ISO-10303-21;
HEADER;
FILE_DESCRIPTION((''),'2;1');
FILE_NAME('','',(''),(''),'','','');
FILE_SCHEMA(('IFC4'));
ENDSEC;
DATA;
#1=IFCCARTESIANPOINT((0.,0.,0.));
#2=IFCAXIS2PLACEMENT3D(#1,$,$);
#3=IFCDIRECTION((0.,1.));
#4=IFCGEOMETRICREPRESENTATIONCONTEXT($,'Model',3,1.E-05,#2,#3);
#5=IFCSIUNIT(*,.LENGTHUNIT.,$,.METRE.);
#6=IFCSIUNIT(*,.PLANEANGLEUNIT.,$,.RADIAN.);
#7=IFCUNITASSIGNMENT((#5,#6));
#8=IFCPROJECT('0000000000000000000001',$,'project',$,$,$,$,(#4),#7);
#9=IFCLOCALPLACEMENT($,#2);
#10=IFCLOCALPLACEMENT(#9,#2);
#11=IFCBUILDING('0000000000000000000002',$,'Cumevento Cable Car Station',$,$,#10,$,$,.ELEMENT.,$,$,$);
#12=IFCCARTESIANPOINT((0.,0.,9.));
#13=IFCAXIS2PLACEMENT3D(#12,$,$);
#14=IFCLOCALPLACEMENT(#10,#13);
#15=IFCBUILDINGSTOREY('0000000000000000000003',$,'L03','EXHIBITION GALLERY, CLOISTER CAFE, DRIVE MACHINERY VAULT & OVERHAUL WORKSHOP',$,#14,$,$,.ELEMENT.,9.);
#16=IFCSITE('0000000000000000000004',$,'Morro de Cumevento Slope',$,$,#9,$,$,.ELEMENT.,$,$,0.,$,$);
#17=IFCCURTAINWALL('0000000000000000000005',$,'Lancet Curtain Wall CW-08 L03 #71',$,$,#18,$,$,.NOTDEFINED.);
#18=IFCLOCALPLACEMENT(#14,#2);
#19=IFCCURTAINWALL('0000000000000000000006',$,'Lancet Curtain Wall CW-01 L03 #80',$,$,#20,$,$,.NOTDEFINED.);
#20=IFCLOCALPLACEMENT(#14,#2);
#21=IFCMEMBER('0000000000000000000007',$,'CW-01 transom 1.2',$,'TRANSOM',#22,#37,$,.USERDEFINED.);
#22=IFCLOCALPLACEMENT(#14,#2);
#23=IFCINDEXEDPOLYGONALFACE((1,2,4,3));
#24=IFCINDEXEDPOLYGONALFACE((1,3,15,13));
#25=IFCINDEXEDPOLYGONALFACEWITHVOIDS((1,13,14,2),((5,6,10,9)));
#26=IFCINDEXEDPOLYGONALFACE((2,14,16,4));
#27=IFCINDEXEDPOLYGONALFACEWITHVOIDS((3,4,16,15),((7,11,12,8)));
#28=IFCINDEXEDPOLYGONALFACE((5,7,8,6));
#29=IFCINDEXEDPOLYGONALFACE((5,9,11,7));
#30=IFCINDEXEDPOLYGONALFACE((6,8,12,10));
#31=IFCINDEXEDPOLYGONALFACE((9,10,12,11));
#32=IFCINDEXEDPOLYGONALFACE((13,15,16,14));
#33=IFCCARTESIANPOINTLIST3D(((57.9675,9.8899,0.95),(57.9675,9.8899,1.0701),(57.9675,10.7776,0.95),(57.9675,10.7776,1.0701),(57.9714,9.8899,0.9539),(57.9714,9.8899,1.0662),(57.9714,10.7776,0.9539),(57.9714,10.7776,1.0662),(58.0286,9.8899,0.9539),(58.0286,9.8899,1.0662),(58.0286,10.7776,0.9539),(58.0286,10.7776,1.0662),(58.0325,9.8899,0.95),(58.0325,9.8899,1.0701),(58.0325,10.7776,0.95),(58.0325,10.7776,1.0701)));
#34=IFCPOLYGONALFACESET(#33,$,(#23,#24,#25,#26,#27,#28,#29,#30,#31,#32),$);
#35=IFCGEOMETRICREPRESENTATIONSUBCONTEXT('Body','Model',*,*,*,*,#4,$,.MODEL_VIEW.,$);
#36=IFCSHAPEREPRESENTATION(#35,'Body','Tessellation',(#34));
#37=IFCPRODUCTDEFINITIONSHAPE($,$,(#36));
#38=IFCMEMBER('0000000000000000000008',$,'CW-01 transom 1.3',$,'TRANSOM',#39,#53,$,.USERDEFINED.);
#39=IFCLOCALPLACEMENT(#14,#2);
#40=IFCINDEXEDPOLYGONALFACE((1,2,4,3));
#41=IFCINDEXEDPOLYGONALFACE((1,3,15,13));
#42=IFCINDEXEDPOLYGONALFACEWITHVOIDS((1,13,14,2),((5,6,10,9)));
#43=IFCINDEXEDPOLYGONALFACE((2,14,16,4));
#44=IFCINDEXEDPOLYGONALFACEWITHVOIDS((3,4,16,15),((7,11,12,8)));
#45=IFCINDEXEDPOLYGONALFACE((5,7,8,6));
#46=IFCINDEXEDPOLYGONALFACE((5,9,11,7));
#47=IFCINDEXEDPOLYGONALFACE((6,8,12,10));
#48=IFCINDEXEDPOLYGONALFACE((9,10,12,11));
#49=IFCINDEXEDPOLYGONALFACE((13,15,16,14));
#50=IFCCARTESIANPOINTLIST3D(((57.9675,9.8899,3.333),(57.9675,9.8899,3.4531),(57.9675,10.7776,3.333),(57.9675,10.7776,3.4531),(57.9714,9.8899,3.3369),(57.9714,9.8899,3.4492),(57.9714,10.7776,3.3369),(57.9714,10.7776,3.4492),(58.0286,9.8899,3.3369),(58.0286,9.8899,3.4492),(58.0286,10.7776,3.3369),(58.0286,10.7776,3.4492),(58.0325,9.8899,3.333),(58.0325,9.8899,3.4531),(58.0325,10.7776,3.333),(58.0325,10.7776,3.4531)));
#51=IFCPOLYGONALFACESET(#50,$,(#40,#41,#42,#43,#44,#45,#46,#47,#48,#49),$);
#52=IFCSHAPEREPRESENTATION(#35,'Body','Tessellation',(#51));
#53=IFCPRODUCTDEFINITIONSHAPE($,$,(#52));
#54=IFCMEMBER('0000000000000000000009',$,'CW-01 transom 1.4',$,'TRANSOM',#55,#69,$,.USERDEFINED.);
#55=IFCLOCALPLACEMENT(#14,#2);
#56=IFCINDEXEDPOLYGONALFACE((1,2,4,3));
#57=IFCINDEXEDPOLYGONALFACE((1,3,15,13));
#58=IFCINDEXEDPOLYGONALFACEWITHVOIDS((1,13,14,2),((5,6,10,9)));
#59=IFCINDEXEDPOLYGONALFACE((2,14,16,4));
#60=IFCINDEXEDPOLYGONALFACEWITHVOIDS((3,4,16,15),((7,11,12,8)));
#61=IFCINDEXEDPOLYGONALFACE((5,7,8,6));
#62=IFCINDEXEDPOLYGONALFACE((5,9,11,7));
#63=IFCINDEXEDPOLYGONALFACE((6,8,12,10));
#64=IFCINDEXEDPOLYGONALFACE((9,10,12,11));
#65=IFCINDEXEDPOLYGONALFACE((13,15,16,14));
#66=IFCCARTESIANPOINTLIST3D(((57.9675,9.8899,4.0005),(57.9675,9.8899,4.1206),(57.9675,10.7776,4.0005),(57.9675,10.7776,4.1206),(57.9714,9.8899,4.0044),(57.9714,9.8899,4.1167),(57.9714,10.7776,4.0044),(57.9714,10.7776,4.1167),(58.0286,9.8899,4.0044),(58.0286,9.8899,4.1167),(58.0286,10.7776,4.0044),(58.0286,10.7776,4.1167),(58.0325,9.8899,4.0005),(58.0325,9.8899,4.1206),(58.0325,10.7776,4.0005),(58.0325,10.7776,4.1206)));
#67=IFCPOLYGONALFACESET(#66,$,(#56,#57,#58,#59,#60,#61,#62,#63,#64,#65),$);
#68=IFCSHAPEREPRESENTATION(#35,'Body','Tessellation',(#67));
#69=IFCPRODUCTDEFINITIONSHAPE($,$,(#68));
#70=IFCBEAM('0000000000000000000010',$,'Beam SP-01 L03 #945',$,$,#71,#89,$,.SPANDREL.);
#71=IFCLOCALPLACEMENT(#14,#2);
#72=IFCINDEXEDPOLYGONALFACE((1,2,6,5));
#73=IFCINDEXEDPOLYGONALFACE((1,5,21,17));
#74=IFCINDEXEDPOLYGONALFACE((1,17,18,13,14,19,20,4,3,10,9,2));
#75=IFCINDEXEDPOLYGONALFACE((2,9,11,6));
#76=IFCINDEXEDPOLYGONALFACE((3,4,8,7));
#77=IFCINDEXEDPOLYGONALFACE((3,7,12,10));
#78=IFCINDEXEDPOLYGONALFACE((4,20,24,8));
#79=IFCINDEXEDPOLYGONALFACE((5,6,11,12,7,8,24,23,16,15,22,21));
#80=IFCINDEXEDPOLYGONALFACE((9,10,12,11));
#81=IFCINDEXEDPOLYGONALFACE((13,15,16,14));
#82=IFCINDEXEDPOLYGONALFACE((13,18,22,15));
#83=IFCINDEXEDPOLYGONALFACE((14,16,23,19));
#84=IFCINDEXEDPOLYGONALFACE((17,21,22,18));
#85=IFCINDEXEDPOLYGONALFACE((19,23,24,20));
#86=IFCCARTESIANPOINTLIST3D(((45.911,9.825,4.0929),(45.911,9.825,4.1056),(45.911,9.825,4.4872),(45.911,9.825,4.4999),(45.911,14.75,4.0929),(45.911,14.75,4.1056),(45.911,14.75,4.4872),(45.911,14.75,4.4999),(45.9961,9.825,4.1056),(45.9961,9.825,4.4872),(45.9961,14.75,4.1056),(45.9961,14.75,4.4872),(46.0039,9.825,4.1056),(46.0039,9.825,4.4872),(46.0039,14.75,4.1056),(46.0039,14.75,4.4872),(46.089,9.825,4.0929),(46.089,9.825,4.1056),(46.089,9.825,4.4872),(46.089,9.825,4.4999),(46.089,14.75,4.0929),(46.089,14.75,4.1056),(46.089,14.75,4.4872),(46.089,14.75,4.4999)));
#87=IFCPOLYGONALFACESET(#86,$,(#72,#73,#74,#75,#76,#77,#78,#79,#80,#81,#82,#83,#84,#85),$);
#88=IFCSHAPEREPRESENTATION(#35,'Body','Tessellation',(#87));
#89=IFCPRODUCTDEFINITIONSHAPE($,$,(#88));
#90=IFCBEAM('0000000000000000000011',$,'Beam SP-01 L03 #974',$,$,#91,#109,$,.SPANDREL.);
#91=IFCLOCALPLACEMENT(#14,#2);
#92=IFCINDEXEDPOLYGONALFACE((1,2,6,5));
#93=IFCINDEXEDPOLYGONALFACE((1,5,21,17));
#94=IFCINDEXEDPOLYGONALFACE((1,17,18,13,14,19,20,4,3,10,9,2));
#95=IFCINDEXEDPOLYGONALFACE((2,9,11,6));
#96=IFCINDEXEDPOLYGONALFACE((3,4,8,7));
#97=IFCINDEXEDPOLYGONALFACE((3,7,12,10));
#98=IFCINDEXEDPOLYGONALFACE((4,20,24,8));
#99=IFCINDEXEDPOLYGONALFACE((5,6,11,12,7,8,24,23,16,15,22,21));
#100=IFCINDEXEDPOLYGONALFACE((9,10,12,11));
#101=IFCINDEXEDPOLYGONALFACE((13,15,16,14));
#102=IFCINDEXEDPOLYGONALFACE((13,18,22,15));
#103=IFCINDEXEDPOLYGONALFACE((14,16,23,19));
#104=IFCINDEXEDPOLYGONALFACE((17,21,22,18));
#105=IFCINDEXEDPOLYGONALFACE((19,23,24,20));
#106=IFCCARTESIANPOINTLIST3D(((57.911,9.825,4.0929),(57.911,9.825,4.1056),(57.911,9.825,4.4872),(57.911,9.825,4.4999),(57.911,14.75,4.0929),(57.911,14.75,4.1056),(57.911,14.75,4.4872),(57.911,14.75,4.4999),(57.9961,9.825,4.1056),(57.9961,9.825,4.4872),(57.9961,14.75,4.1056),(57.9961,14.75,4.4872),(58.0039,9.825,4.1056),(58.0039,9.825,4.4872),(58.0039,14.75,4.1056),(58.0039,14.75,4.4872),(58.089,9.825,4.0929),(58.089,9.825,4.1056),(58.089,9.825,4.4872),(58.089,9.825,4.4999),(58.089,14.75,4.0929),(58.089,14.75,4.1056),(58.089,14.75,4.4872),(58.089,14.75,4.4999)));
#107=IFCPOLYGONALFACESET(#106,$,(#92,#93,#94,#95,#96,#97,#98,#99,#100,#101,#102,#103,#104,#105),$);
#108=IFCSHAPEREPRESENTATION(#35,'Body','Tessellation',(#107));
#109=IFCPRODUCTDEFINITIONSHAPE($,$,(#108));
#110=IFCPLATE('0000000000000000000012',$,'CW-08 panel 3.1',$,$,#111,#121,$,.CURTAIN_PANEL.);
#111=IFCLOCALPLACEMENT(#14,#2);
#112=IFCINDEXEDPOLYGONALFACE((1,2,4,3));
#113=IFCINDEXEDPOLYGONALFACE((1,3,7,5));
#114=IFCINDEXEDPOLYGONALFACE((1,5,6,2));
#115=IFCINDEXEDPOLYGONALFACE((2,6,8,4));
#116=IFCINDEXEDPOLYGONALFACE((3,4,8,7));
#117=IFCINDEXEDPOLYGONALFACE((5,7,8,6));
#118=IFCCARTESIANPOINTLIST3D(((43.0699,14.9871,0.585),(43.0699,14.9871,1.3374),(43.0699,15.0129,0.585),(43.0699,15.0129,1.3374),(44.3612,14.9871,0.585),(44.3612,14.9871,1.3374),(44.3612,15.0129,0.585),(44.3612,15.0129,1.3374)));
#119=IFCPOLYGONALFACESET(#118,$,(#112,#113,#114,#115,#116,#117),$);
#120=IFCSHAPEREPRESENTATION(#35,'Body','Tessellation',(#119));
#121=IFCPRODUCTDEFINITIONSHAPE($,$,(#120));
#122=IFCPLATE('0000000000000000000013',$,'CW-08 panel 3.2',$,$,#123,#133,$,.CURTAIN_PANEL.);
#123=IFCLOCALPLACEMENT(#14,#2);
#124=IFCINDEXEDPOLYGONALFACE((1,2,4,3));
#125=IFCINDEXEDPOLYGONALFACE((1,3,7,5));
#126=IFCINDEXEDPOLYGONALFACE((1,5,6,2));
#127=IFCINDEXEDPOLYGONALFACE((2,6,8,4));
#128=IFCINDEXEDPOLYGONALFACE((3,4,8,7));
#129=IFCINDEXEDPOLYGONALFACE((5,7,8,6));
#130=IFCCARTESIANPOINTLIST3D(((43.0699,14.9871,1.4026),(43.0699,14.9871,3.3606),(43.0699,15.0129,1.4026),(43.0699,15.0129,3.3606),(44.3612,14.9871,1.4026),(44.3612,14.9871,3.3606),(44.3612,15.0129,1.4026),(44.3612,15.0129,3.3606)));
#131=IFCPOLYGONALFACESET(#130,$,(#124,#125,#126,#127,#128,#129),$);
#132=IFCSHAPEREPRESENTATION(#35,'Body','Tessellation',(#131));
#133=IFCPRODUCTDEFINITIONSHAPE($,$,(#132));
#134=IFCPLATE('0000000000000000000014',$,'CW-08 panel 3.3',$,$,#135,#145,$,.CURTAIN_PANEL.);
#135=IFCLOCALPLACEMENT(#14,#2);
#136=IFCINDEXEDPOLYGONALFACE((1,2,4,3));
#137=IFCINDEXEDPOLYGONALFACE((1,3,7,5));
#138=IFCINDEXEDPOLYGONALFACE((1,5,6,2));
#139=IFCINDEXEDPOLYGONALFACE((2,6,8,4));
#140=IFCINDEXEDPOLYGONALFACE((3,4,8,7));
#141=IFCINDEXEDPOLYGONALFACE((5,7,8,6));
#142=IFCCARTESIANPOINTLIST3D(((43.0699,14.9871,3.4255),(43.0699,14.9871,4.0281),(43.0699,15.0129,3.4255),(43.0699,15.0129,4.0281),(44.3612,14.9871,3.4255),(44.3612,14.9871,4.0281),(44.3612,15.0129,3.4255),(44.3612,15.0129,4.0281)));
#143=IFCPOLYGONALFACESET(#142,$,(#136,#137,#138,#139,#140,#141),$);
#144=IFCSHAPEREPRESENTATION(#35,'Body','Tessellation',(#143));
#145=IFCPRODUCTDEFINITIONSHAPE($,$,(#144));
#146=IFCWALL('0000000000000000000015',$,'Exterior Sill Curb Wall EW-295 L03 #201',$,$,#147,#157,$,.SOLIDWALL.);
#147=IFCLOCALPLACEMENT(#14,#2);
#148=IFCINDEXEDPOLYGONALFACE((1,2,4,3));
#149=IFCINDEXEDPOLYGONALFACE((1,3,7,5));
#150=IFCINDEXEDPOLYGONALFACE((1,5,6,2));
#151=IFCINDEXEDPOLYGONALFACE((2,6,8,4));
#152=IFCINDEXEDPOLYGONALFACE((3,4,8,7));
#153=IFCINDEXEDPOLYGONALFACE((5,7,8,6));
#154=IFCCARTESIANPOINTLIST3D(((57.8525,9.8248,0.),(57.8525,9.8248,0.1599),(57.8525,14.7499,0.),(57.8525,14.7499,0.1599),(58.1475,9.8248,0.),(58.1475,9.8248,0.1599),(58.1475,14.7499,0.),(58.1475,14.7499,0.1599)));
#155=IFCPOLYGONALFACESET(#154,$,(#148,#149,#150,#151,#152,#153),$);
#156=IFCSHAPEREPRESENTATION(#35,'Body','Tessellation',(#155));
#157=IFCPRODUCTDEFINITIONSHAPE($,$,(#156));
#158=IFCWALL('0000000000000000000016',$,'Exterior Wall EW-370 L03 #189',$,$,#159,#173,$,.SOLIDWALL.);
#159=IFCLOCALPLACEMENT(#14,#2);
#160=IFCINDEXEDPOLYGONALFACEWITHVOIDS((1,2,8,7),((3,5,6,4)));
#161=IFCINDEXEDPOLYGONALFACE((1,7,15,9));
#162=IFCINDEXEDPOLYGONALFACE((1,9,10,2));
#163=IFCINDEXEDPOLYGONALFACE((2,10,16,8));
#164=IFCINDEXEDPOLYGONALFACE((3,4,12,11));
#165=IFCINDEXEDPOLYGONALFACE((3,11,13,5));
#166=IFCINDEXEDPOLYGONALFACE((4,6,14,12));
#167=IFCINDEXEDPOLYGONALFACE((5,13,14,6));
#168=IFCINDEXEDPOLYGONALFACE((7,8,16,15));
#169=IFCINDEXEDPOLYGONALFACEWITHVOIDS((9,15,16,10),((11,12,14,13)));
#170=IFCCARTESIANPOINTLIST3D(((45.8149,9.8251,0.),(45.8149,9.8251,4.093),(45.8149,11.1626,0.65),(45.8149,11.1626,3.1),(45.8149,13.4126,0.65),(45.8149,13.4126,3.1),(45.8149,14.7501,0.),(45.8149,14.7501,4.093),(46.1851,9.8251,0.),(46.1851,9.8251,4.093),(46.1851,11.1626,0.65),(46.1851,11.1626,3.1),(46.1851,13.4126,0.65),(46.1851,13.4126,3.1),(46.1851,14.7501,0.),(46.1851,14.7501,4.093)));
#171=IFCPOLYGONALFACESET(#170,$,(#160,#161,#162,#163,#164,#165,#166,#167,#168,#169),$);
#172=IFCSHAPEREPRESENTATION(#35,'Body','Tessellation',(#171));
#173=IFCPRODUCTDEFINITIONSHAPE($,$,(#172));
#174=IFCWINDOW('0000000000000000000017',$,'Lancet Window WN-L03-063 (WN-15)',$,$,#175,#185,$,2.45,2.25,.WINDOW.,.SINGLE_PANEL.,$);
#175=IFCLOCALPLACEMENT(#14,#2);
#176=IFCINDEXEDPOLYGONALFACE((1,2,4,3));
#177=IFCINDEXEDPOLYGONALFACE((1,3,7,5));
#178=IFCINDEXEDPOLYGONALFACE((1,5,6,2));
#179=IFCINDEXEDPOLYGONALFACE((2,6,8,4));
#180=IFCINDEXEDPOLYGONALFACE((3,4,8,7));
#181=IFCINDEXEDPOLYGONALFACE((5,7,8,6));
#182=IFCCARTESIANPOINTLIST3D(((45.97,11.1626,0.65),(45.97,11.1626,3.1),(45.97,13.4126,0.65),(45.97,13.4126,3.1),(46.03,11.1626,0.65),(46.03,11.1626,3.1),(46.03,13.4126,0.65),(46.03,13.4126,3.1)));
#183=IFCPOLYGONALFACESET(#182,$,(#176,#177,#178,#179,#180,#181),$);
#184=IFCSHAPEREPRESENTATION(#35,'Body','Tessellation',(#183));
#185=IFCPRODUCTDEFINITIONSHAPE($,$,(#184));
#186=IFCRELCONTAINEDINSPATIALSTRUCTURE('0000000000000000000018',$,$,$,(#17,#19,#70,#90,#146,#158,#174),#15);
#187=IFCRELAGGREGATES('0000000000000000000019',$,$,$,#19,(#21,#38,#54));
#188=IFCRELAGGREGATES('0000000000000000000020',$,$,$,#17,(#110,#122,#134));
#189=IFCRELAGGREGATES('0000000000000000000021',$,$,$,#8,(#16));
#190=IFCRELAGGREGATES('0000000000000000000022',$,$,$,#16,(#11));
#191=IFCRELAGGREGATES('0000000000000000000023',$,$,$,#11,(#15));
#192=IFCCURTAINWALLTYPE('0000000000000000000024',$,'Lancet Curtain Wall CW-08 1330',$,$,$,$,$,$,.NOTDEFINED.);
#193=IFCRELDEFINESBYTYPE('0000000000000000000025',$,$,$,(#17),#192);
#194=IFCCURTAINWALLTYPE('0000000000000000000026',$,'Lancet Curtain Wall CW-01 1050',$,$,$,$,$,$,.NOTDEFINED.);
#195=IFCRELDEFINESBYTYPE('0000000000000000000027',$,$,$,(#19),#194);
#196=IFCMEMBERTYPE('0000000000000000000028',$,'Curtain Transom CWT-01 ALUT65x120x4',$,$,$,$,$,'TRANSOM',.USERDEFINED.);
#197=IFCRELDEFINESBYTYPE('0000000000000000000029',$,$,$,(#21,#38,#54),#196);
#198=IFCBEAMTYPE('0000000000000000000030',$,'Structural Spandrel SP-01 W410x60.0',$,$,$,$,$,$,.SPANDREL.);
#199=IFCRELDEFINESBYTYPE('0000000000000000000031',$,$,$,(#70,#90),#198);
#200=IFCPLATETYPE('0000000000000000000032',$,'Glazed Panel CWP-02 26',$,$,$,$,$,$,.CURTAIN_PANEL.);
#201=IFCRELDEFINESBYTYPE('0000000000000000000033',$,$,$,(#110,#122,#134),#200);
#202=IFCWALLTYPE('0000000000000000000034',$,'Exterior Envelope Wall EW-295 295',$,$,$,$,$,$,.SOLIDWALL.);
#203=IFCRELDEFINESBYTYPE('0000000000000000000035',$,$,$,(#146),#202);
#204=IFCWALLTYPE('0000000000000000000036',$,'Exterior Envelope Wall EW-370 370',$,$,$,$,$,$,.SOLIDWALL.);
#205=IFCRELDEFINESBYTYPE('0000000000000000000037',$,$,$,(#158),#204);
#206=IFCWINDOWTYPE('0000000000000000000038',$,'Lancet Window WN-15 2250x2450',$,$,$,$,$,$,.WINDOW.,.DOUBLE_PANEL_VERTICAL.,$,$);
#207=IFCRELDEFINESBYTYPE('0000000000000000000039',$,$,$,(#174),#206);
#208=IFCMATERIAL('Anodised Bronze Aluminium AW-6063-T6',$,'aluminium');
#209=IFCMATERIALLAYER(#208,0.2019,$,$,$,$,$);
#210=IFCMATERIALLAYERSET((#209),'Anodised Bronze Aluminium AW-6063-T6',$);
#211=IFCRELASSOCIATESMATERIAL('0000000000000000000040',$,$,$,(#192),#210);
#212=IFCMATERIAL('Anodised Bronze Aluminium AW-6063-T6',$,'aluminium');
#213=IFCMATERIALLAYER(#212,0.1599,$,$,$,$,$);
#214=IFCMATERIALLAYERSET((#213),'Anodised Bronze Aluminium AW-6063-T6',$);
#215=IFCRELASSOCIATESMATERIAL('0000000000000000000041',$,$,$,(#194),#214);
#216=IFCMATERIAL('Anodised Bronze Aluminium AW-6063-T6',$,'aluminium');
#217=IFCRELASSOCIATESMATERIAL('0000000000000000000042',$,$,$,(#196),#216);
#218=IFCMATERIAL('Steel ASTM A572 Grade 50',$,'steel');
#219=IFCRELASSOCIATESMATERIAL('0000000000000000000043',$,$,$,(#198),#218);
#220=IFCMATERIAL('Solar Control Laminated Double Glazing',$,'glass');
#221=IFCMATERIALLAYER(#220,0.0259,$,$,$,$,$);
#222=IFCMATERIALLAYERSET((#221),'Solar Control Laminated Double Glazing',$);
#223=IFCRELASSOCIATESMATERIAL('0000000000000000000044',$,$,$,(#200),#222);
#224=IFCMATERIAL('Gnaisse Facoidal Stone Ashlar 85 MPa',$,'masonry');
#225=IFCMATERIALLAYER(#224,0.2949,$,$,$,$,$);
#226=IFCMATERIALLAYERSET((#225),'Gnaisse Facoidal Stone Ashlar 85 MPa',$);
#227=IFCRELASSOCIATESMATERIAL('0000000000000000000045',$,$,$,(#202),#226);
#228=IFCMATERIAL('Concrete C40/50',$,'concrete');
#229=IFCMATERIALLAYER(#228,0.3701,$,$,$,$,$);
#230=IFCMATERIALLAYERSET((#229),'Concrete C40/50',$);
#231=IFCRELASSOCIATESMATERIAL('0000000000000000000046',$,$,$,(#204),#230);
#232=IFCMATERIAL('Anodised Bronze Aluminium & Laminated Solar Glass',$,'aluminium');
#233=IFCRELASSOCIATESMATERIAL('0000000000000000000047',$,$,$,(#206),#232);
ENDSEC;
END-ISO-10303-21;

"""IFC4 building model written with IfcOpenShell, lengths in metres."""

from ifc_helpers import new_model, si_unit, direction, frame, frame_2d, origin, origin_2d, place, context, subcontext, project, spatial, rectangle, hollow_rectangle, i_section, extrude, material, layer, layer_set, material_profile, profile_set, type_object, element, fill, aggregate, save


model = new_model("IFC4")

# Units and contexts
model_context = context("Model", 3, precision=1e-05, world=origin(), true_north=direction((0.0, 1.0)))
body_context = subcontext(model_context, "Body", "Model", "MODEL_VIEW")
ifc_project = project(units=[si_unit("LENGTHUNIT", "METRE"), si_unit("PLANEANGLEUNIT", "RADIAN")], contexts=[model_context])

# Site, building, storey
site_placement = place(None, origin())
site = spatial("IfcSite", under=ifc_project, at=site_placement, Name="Morro de Cumevento Slope", CompositionType="ELEMENT", RefElevation=0.0)
building_placement = place(site_placement, origin())
building = spatial("IfcBuilding", under=site, at=building_placement, Name="Cumevento Cable Car Station", CompositionType="ELEMENT")
storey_placement = place(building_placement, frame((0.0, 0.0, 9.0)))
storey = spatial("IfcBuildingStorey", under=building, at=storey_placement, Name="L03", Description="EXHIBITION GALLERY, CLOISTER CAFE, DRIVE MACHINERY VAULT & OVERHAUL WORKSHOP", CompositionType="ELEMENT", Elevation=9.0)

# Curtain wall
ifc_material_1 = material(Name="Anodised Bronze Aluminium AW-6063-T6", Category="aluminium")
ifc_layer_1 = layer(ifc_material_1, 0.2019)
ifc_layer_set_1 = layer_set([ifc_layer_1], Name="Anodised Bronze Aluminium AW-6063-T6")
curtain_wall_type_1 = type_object("IfcCurtainWallType", Name="Lancet Curtain Wall CW-08 1330", PredefinedType="NOTDEFINED", material=ifc_layer_set_1)
curtain_wall_1_placement = place(storey_placement, origin())
curtain_wall_1 = element("IfcCurtainWall", 1, at=curtain_wall_1_placement, inside=storey, type_object=curtain_wall_type_1, Name="Lancet Curtain Wall CW-08 L03 #71", PredefinedType="NOTDEFINED")

# Curtain wall
ifc_material_2 = material(Name="Anodised Bronze Aluminium AW-6063-T6", Category="aluminium")
ifc_layer_2 = layer(ifc_material_2, 0.1599)
ifc_layer_set_2 = layer_set([ifc_layer_2], Name="Anodised Bronze Aluminium AW-6063-T6")
curtain_wall_type_2 = type_object("IfcCurtainWallType", Name="Lancet Curtain Wall CW-01 1050", PredefinedType="NOTDEFINED", material=ifc_layer_set_2)
curtain_wall_2_placement = place(storey_placement, origin())
curtain_wall_2 = element("IfcCurtainWall", 2, at=curtain_wall_2_placement, inside=storey, type_object=curtain_wall_type_2, Name="Lancet Curtain Wall CW-01 L03 #80", PredefinedType="NOTDEFINED")

# Members
ifc_material_3 = material(Name="Anodised Bronze Aluminium AW-6063-T6", Category="aluminium")
ifc_material_profile_1 = material_profile(ifc_material_3, hollow_rectangle(XDim=0.0649, YDim=0.1201, WallThickness=0.0039, at=origin_2d()), Name="ALUT65x120x4")
ifc_profile_set_1 = profile_set([ifc_material_profile_1], Name="Anodised Bronze Aluminium AW-6063-T6")
member_type_1 = type_object("IfcMemberType", Name="Curtain Transom CWT-01 ALUT65x120x4", ElementType="TRANSOM", PredefinedType="USERDEFINED", material=ifc_profile_set_1)
member_1_placement = place(storey_placement, frame((58.0, 9.8899, 1.01), z_axis=(0.0, 1.0, 0.0), x_axis=(-1.0, 0.0, 0.0)))
member_1 = element("IfcMember", 3, at=member_1_placement, type_object=member_type_1, Name="CW-01 transom 1.2", ObjectType="TRANSOM", PredefinedType="USERDEFINED", context=body_context, shape_type="SweptSolid", body=[
    extrude(hollow_rectangle(XDim=0.0649, YDim=0.1201, WallThickness=0.0039, at=origin_2d()), origin(), (0.0, 0.0, 1.0), 0.8877),
])
member_2_placement = place(storey_placement, frame((58.0, 9.8899, 3.3931), z_axis=(0.0, 1.0, 0.0), x_axis=(-1.0, 0.0, 0.0)))
member_2 = element("IfcMember", 4, at=member_2_placement, type_object=member_type_1, Name="CW-01 transom 1.3", ObjectType="TRANSOM", PredefinedType="USERDEFINED", context=body_context, shape_type="SweptSolid", body=[
    extrude(hollow_rectangle(XDim=0.0649, YDim=0.1201, WallThickness=0.0039, at=origin_2d()), origin(), (0.0, 0.0, 1.0), 0.8877),
])
member_3_placement = place(storey_placement, frame((58.0, 9.8899, 4.0605), z_axis=(0.0, 1.0, 0.0), x_axis=(-1.0, 0.0, 0.0)))
member_3 = element("IfcMember", 5, at=member_3_placement, type_object=member_type_1, Name="CW-01 transom 1.4", ObjectType="TRANSOM", PredefinedType="USERDEFINED", context=body_context, shape_type="SweptSolid", body=[
    extrude(hollow_rectangle(XDim=0.0649, YDim=0.1201, WallThickness=0.0039, at=origin_2d()), origin(), (0.0, 0.0, 1.0), 0.8877),
])
aggregate(curtain_wall_2, [member_1, member_2, member_3])

# Beams
ifc_material_4 = material(Name="Steel ASTM A572 Grade 50", Category="steel")
ifc_material_profile_2 = material_profile(ifc_material_4, i_section(OverallWidth=0.178, OverallDepth=0.407, WebThickness=0.0078, FlangeThickness=0.0127, at=origin_2d()), Name="W410x60.0")
ifc_profile_set_2 = profile_set([ifc_material_profile_2], Name="Steel ASTM A572 Grade 50")
beam_type = type_object("IfcBeamType", Name="Structural Spandrel SP-01 W410x60.0", PredefinedType="SPANDREL", material=ifc_profile_set_2)
for number, where, z_axis, x_axis, name in (
    (6, (46.0, 9.825, 4.2964), (0.0, 1.0, 0.0), (-1.0, 0.0, 0.0), "Beam SP-01 L03 #945"),
    (7, (58.0, 9.825, 4.2964), (0.0, 1.0, 0.0), (-1.0, 0.0, 0.0), "Beam SP-01 L03 #974"),
):
    element("IfcBeam", number, at=place(storey_placement, frame(where, z_axis=z_axis, x_axis=x_axis)), inside=storey, type_object=beam_type, Name=name, PredefinedType="SPANDREL", context=body_context, shape_type="SweptSolid", body=[
        extrude(i_section(OverallWidth=0.178, OverallDepth=0.407, WebThickness=0.0078, FlangeThickness=0.0127, at=origin_2d()), origin(), (0.0, 0.0, 1.0), 4.925),
    ])

# Plates
ifc_material_5 = material(Name="Solar Control Laminated Double Glazing", Category="glass")
ifc_layer_3 = layer(ifc_material_5, 0.0259)
ifc_layer_set_3 = layer_set([ifc_layer_3], Name="Solar Control Laminated Double Glazing")
plate_type = type_object("IfcPlateType", Name="Glazed Panel CWP-02 26", PredefinedType="CURTAIN_PANEL", material=ifc_layer_set_3)
plate_1_placement = place(storey_placement, frame((43.7156, 15.0, 0.585), z_axis=(0.0, 0.0, 1.0), x_axis=(1.0, 0.0, 0.0)))
plate_1 = element("IfcPlate", 8, at=plate_1_placement, type_object=plate_type, Name="CW-08 panel 3.1", PredefinedType="CURTAIN_PANEL", context=body_context, shape_type="SweptSolid", body=[
    extrude(rectangle(XDim=1.2913, YDim=0.0259, at=origin_2d()), origin(), (0.0, 0.0, 1.0), 0.7524),
])
plate_2_placement = place(storey_placement, frame((43.7156, 15.0, 1.4026), z_axis=(0.0, 0.0, 1.0), x_axis=(1.0, 0.0, 0.0)))
plate_2 = element("IfcPlate", 9, at=plate_2_placement, type_object=plate_type, Name="CW-08 panel 3.2", PredefinedType="CURTAIN_PANEL", context=body_context, shape_type="SweptSolid", body=[
    extrude(rectangle(XDim=1.2913, YDim=0.0259, at=origin_2d()), origin(), (0.0, 0.0, 1.0), 1.958),
])
plate_3_placement = place(storey_placement, frame((43.7156, 15.0, 3.4255), z_axis=(0.0, 0.0, 1.0), x_axis=(1.0, 0.0, 0.0)))
plate_3 = element("IfcPlate", 10, at=plate_3_placement, type_object=plate_type, Name="CW-08 panel 3.3", PredefinedType="CURTAIN_PANEL", context=body_context, shape_type="SweptSolid", body=[
    extrude(rectangle(XDim=1.2913, YDim=0.0259, at=origin_2d()), origin(), (0.0, 0.0, 1.0), 0.6025),
])
aggregate(curtain_wall_1, [plate_1, plate_2, plate_3])

# Wall
ifc_material_6 = material(Name="Gnaisse Facoidal Stone Ashlar 85 MPa", Category="masonry")
ifc_layer_4 = layer(ifc_material_6, 0.2949)
ifc_layer_set_4 = layer_set([ifc_layer_4], Name="Gnaisse Facoidal Stone Ashlar 85 MPa")
wall_type_1 = type_object("IfcWallType", Name="Exterior Envelope Wall EW-295 295", PredefinedType="SOLIDWALL", material=ifc_layer_set_4)
wall_1_placement = place(storey_placement, frame((58.0, 9.825, 0.0), z_axis=(0.0, 0.0, 1.0), x_axis=(0.0, 1.0, 0.0)))
element("IfcWall", 11, at=wall_1_placement, inside=storey, type_object=wall_type_1, Name="Exterior Sill Curb Wall EW-295 L03 #201", PredefinedType="SOLIDWALL", context=body_context, shape_type="SweptSolid", body=[
    extrude(rectangle(XDim=4.925, YDim=0.2949, at=frame_2d((2.4624, 0.0))), origin(), (0.0, 0.0, 1.0), 0.1599),
])

# Wall, opening, window
ifc_material_7 = material(Name="Concrete C40/50", Category="concrete")
ifc_layer_5 = layer(ifc_material_7, 0.3701)
ifc_layer_set_5 = layer_set([ifc_layer_5], Name="Concrete C40/50")
wall_type_2 = type_object("IfcWallType", Name="Exterior Envelope Wall EW-370 370", PredefinedType="SOLIDWALL", material=ifc_layer_set_5)
wall_2_placement = place(storey_placement, frame((46.0, 14.75, 0.0), z_axis=(0.0, 0.0, 1.0), x_axis=(0.0, -1.0, 0.0)))
wall_2 = element("IfcWall", 12, at=wall_2_placement, inside=storey, type_object=wall_type_2, Name="Exterior Wall EW-370 L03 #189", PredefinedType="SOLIDWALL", context=body_context, shape_type="SweptSolid", body=[
    extrude(rectangle(XDim=4.925, YDim=0.3701, at=frame_2d((2.4624, 0.0))), origin(), (0.0, 0.0, 1.0), 4.093),
])
opening_placement = place(wall_2_placement, frame((1.3374, 0.0, 0.6499)))
opening = element("IfcOpeningElement", 13, at=opening_placement, cuts=wall_2, PredefinedType="OPENING", context=body_context, shape_type="SweptSolid", body=[
    extrude(rectangle(XDim=2.25, YDim=2.45, at=frame_2d((1.125, 1.2251))), frame((0.0, 0.1951, 0.0), z_axis=(0.0, -1.0, 0.0), x_axis=(1.0, 0.0, 0.0)), (0.0, 0.0, 1.0), 0.3901),
])
ifc_material_8 = material(Name="Anodised Bronze Aluminium & Laminated Solar Glass", Category="aluminium")
window_type = type_object("IfcWindowType", Name="Lancet Window WN-15 2250x2450", PartitioningType="DOUBLE_PANEL_VERTICAL", PredefinedType="WINDOW", material=ifc_material_8)
window_placement = place(opening_placement, origin())
window = element("IfcWindow", 14, at=window_placement, inside=storey, type_object=window_type, Name="Lancet Window WN-L03-063 (WN-15)", OverallHeight=2.45, OverallWidth=2.25, PartitioningType="SINGLE_PANEL", PredefinedType="WINDOW", context=body_context, shape_type="SweptSolid", body=[
    extrude(rectangle(XDim=2.25, YDim=2.45, at=frame_2d((1.125, 1.2251))), frame((0.0, 0.03, 0.0), z_axis=(0.0, -1.0, 0.0), x_axis=(1.0, 0.0, 0.0)), (0.0, 0.0, 1.0), 0.0601),
])
fill(opening, window)

save(model, "model.ifc")
